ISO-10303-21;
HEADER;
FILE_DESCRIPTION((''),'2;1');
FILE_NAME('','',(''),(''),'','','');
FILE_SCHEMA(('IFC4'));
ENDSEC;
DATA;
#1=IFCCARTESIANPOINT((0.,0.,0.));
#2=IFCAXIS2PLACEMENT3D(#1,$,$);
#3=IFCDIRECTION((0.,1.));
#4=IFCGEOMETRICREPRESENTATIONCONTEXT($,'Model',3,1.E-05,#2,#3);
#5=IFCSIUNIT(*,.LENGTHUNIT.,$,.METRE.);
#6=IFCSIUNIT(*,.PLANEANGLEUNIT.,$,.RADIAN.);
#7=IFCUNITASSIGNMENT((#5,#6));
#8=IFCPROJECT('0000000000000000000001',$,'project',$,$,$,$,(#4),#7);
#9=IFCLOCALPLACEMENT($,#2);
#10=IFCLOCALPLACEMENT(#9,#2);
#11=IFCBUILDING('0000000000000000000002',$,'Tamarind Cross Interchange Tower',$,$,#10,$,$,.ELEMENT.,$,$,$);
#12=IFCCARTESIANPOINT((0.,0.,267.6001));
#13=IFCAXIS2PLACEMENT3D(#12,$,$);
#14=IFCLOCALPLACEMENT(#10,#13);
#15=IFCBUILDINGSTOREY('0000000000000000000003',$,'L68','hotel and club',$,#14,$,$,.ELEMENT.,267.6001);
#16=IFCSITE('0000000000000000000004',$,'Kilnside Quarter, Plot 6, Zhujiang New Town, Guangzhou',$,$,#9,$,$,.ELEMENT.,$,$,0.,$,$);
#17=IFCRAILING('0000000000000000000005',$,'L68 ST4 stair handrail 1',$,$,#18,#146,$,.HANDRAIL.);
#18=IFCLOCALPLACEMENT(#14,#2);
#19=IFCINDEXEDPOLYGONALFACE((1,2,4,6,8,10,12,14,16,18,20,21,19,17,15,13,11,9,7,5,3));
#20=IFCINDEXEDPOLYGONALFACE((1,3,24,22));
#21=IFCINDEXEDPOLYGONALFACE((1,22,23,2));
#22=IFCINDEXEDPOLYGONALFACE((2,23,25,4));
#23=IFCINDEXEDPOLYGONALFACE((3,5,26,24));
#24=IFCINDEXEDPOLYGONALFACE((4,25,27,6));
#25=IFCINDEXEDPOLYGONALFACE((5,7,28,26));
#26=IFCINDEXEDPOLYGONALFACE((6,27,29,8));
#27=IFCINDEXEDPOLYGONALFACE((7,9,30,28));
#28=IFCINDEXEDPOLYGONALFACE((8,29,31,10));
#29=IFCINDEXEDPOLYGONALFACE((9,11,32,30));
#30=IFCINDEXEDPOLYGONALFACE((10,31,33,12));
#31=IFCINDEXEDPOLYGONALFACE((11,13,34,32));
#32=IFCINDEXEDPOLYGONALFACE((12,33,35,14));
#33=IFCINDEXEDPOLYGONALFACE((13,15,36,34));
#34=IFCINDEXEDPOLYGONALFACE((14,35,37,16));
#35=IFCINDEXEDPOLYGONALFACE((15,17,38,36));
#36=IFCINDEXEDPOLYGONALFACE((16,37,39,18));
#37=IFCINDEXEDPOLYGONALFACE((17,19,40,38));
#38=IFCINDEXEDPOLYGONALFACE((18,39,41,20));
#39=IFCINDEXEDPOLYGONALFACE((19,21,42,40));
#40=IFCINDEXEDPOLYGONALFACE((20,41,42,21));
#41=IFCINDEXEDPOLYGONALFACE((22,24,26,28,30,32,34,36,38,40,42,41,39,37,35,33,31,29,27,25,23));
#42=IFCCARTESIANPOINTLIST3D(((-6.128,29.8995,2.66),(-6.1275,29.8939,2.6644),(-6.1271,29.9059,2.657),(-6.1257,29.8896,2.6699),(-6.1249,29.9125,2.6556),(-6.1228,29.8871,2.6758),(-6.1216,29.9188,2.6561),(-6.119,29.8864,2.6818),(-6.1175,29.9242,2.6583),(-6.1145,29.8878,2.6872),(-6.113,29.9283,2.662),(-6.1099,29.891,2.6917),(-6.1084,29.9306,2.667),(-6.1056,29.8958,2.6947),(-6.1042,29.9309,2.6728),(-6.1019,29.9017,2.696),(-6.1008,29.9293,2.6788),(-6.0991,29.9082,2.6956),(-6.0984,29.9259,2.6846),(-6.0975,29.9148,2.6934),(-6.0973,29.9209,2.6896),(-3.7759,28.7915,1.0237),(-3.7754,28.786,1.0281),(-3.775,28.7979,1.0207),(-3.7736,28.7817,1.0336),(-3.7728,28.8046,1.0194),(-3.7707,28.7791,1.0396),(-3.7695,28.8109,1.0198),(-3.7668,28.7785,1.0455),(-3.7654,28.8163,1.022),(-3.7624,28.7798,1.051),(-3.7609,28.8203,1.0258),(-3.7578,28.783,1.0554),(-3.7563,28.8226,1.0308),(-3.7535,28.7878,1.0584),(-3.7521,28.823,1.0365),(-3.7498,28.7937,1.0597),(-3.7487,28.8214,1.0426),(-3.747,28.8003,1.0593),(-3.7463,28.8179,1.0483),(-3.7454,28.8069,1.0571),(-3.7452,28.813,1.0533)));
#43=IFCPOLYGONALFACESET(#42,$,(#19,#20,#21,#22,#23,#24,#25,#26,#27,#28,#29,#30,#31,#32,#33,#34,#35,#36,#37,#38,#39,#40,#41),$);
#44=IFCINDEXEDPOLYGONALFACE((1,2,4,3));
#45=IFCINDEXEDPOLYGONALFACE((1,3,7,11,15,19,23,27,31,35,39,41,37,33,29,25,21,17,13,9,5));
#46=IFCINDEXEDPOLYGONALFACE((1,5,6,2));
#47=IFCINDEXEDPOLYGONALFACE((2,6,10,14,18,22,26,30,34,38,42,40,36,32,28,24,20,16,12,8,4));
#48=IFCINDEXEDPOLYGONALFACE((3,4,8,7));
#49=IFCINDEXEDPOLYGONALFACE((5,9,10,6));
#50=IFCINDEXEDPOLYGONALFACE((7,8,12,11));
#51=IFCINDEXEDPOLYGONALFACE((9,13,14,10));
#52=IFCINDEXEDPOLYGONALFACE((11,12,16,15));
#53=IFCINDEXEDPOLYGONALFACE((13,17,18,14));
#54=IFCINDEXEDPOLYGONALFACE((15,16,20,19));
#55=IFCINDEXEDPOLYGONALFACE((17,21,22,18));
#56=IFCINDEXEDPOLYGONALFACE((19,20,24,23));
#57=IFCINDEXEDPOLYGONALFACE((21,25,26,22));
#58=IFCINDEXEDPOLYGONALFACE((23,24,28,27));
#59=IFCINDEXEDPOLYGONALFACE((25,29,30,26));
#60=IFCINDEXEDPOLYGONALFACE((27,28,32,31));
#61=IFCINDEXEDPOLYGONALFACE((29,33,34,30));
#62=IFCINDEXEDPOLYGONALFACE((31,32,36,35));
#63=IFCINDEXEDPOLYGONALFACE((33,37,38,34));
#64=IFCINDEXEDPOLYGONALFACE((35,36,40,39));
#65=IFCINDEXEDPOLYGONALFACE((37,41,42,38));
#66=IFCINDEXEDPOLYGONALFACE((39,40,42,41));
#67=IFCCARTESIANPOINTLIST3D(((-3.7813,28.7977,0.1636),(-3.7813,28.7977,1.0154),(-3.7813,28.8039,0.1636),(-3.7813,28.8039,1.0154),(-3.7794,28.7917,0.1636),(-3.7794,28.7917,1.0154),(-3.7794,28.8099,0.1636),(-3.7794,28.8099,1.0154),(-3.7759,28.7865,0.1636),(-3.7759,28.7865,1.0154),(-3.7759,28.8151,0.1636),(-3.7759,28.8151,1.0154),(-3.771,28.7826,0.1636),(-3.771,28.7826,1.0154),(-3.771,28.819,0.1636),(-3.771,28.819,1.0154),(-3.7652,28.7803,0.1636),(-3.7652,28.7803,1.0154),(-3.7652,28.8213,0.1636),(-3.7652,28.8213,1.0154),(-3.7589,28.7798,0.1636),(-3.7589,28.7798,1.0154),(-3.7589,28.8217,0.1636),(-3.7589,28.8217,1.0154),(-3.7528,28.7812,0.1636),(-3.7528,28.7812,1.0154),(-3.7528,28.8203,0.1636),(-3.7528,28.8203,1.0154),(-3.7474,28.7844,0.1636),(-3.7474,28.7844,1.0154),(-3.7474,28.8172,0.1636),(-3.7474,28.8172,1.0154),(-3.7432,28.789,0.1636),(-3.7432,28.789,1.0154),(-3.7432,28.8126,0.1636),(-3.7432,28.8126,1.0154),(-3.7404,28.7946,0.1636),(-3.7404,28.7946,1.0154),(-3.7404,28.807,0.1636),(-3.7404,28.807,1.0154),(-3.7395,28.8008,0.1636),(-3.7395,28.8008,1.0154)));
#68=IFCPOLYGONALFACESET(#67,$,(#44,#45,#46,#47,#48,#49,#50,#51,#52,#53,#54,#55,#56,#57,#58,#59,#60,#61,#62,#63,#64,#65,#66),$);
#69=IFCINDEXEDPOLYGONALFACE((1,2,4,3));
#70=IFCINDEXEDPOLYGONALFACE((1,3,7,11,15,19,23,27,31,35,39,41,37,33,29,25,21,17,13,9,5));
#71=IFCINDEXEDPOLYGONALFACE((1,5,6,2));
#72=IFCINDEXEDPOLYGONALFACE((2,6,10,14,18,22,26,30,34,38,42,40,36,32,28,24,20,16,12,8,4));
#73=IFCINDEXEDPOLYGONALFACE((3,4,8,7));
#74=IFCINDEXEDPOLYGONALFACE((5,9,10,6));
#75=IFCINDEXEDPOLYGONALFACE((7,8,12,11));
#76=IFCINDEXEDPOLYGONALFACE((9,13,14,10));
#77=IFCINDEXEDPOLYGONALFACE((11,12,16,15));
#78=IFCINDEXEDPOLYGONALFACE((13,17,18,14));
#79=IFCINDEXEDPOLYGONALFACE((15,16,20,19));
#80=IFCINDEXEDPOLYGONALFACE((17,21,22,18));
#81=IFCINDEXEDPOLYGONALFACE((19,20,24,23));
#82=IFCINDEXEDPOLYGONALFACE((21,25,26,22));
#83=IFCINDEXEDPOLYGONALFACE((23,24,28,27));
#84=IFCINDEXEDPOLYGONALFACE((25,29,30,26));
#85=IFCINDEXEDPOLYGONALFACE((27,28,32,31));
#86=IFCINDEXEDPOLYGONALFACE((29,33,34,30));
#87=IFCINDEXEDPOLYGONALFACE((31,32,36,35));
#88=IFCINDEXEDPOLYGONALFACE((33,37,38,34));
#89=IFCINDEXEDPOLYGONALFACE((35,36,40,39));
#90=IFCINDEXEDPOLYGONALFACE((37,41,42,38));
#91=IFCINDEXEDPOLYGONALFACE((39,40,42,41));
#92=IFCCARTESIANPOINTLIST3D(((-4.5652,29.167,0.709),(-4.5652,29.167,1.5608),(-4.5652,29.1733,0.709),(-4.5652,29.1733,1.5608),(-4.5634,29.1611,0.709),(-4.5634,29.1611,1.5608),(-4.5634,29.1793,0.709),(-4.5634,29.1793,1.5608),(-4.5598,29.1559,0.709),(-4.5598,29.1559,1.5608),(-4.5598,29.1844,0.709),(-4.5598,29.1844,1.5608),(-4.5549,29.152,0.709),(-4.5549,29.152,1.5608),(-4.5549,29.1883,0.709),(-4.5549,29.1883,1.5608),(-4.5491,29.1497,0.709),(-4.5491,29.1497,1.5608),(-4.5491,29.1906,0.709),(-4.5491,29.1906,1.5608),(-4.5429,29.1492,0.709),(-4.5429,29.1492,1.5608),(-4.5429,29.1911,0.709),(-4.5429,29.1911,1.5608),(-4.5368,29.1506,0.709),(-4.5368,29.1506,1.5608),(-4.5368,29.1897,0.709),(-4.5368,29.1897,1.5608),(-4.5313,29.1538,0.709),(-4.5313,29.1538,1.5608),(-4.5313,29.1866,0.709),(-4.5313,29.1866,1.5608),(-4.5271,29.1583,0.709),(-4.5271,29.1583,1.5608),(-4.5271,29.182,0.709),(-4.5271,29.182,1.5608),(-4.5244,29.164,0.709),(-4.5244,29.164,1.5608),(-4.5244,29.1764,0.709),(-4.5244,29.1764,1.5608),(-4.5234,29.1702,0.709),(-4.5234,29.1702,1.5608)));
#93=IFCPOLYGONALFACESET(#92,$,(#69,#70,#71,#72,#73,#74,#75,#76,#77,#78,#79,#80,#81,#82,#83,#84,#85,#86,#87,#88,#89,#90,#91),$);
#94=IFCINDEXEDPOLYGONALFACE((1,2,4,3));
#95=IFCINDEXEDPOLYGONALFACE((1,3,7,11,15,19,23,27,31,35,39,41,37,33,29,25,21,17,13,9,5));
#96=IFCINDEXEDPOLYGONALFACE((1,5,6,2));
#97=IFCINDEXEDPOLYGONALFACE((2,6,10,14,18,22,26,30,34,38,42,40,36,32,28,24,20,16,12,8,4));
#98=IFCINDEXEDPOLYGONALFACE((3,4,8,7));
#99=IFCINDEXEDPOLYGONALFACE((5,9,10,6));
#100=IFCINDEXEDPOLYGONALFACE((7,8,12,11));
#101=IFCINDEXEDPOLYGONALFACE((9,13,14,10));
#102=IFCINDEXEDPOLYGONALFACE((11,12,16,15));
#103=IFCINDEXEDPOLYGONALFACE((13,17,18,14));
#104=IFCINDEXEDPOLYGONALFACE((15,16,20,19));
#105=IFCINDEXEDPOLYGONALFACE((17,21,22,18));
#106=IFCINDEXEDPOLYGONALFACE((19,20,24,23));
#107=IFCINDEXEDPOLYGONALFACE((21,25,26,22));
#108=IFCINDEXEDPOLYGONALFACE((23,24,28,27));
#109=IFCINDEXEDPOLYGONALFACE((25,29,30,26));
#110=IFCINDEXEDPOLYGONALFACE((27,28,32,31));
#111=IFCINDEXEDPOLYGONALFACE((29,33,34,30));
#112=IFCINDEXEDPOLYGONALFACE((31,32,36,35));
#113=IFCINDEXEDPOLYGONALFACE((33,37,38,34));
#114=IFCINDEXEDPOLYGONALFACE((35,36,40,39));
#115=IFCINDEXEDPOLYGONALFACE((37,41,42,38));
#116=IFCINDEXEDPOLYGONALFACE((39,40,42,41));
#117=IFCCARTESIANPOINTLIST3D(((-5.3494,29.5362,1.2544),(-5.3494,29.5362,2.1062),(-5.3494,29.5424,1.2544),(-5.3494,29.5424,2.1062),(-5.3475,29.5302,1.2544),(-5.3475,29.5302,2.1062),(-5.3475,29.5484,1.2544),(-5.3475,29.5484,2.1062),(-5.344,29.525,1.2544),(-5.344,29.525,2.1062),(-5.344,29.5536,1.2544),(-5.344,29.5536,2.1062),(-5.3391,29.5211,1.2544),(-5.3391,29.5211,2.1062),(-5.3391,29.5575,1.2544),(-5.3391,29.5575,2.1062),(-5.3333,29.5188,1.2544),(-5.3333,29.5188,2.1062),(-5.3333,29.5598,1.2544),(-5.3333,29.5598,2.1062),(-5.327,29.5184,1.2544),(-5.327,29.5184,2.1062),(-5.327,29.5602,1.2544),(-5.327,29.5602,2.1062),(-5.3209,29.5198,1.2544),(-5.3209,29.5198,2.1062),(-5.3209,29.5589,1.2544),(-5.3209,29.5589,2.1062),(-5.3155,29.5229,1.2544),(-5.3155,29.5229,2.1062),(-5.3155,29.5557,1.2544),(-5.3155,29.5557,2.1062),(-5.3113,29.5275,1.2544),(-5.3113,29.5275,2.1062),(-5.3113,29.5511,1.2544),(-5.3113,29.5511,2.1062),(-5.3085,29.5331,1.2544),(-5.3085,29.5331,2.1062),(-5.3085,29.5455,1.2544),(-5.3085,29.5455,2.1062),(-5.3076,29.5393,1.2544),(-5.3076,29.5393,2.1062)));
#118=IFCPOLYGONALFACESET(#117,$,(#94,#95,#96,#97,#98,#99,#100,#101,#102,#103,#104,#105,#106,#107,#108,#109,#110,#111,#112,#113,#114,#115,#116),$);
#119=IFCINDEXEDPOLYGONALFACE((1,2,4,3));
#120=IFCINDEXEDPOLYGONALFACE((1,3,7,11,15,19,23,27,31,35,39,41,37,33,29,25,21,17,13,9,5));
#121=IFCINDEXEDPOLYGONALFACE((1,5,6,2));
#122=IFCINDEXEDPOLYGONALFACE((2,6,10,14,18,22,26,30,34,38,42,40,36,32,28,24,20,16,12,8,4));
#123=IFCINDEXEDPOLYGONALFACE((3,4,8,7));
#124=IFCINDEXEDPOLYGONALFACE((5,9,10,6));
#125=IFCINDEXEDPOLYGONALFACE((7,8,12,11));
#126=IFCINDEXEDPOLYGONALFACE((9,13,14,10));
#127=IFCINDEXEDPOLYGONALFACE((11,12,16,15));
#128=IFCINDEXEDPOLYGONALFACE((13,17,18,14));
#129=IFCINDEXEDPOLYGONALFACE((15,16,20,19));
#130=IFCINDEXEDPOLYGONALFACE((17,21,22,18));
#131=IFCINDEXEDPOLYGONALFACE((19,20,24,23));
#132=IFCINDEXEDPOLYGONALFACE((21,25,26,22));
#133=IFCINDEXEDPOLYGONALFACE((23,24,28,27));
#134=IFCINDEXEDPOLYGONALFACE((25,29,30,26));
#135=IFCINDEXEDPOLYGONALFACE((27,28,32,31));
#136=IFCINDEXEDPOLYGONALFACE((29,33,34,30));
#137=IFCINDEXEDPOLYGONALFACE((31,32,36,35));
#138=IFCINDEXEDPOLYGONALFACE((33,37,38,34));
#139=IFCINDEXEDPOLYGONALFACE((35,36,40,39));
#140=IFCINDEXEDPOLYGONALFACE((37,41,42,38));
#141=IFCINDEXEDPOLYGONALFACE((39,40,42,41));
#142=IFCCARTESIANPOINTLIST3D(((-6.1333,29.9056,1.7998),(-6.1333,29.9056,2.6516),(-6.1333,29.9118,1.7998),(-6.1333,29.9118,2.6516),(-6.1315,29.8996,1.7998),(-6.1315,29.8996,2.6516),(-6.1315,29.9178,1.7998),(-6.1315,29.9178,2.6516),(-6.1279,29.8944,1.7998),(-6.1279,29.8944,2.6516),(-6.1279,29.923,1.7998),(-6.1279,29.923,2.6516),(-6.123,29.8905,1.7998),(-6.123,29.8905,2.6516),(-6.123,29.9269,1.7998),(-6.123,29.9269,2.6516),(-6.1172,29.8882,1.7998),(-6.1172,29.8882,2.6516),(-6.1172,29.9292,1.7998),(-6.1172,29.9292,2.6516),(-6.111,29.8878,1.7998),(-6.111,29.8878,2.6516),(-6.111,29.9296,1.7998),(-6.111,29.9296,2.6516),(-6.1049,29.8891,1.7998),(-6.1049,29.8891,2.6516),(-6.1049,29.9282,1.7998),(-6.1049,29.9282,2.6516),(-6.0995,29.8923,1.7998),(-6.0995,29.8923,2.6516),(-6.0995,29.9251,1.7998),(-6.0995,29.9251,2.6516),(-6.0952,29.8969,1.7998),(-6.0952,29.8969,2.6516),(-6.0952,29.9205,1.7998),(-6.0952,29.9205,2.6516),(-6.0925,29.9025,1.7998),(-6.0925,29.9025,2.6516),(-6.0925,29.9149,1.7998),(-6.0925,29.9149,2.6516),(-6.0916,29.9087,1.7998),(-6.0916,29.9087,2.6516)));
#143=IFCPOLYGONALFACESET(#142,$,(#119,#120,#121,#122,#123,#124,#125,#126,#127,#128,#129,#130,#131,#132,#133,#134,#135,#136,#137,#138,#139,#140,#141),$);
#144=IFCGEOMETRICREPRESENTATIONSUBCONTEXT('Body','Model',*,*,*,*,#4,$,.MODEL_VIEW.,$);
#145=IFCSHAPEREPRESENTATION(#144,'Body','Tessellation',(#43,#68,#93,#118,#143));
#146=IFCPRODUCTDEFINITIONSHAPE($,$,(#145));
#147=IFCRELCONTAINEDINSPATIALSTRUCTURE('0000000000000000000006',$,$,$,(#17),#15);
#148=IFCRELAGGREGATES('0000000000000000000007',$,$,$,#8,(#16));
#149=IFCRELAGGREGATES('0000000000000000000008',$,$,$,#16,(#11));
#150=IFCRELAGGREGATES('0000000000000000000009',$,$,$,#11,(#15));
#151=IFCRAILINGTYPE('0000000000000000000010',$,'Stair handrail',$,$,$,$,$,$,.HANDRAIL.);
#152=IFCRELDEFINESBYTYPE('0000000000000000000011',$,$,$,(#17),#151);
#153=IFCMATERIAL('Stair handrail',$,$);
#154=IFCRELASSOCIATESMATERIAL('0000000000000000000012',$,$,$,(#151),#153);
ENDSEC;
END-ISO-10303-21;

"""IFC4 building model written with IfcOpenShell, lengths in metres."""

from ifc_helpers import new_model, si_unit, direction, frame, origin, origin_2d, place, context, subcontext, project, spatial, circle, extrude, material, type_object, element, save


model = new_model("IFC4")

# Units and contexts
model_context = context("Model", 3, precision=1e-05, world=origin(), true_north=direction((0.0, 1.0)))
body_context = subcontext(model_context, "Body", "Model", "MODEL_VIEW")
ifc_project = project(units=[si_unit("LENGTHUNIT", "METRE"), si_unit("PLANEANGLEUNIT", "RADIAN")], contexts=[model_context])

# Site, building, storey
site_placement = place(None, origin())
site = spatial("IfcSite", under=ifc_project, at=site_placement, Name="Kilnside Quarter, Plot 6, Zhujiang New Town, Guangzhou", CompositionType="ELEMENT", RefElevation=0.0)
building_placement = place(site_placement, origin())
building = spatial("IfcBuilding", under=site, at=building_placement, Name="Tamarind Cross Interchange Tower", CompositionType="ELEMENT")
storey_placement = place(building_placement, frame((0.0, 0.0, 267.6001)))
storey = spatial("IfcBuildingStorey", under=building, at=storey_placement, Name="L68", Description="hotel and club", CompositionType="ELEMENT", Elevation=267.6001)

# Railing
ifc_material_1 = material(Name="Stair handrail")
railing_type_1 = type_object("IfcRailingType", Name="Stair handrail", PredefinedType="HANDRAIL", material=ifc_material_1)
railing_1_placement = place(storey_placement, frame((-3.7605, 28.8008, 0.1636)))
element("IfcRailing", 1, at=railing_1_placement, inside=storey, type_object=railing_type_1, Name="L68 ST4 stair handrail 1", PredefinedType="HANDRAIL", context=body_context, shape_type="SweptSolid", body=[
    extrude(circle(Radius=0.0239, at=origin_2d()), frame((0.0, 0.0, 0.876), z_axis=(-0.765655, 0.360654, 0.532636), x_axis=(-0.426132, -0.904661, 0.0)), (0.0, 0.0, 1.0), 3.072),
    extrude(circle(Radius=0.021, at=origin_2d()), origin(), (0.0, 0.0, 1.0), 0.8518),
    extrude(circle(Radius=0.021, at=origin_2d()), frame((-0.7839, 0.3694, 0.5454)), (0.0, 0.0, 1.0), 0.8518),
    extrude(circle(Radius=0.021, at=origin_2d()), frame((-1.5681, 0.7385, 1.0908)), (0.0, 0.0, 1.0), 0.8518),
    extrude(circle(Radius=0.021, at=origin_2d()), frame((-2.3521, 1.1079, 1.6362)), (0.0, 0.0, 1.0), 0.8518),
])

save(model, "model.ifc")
